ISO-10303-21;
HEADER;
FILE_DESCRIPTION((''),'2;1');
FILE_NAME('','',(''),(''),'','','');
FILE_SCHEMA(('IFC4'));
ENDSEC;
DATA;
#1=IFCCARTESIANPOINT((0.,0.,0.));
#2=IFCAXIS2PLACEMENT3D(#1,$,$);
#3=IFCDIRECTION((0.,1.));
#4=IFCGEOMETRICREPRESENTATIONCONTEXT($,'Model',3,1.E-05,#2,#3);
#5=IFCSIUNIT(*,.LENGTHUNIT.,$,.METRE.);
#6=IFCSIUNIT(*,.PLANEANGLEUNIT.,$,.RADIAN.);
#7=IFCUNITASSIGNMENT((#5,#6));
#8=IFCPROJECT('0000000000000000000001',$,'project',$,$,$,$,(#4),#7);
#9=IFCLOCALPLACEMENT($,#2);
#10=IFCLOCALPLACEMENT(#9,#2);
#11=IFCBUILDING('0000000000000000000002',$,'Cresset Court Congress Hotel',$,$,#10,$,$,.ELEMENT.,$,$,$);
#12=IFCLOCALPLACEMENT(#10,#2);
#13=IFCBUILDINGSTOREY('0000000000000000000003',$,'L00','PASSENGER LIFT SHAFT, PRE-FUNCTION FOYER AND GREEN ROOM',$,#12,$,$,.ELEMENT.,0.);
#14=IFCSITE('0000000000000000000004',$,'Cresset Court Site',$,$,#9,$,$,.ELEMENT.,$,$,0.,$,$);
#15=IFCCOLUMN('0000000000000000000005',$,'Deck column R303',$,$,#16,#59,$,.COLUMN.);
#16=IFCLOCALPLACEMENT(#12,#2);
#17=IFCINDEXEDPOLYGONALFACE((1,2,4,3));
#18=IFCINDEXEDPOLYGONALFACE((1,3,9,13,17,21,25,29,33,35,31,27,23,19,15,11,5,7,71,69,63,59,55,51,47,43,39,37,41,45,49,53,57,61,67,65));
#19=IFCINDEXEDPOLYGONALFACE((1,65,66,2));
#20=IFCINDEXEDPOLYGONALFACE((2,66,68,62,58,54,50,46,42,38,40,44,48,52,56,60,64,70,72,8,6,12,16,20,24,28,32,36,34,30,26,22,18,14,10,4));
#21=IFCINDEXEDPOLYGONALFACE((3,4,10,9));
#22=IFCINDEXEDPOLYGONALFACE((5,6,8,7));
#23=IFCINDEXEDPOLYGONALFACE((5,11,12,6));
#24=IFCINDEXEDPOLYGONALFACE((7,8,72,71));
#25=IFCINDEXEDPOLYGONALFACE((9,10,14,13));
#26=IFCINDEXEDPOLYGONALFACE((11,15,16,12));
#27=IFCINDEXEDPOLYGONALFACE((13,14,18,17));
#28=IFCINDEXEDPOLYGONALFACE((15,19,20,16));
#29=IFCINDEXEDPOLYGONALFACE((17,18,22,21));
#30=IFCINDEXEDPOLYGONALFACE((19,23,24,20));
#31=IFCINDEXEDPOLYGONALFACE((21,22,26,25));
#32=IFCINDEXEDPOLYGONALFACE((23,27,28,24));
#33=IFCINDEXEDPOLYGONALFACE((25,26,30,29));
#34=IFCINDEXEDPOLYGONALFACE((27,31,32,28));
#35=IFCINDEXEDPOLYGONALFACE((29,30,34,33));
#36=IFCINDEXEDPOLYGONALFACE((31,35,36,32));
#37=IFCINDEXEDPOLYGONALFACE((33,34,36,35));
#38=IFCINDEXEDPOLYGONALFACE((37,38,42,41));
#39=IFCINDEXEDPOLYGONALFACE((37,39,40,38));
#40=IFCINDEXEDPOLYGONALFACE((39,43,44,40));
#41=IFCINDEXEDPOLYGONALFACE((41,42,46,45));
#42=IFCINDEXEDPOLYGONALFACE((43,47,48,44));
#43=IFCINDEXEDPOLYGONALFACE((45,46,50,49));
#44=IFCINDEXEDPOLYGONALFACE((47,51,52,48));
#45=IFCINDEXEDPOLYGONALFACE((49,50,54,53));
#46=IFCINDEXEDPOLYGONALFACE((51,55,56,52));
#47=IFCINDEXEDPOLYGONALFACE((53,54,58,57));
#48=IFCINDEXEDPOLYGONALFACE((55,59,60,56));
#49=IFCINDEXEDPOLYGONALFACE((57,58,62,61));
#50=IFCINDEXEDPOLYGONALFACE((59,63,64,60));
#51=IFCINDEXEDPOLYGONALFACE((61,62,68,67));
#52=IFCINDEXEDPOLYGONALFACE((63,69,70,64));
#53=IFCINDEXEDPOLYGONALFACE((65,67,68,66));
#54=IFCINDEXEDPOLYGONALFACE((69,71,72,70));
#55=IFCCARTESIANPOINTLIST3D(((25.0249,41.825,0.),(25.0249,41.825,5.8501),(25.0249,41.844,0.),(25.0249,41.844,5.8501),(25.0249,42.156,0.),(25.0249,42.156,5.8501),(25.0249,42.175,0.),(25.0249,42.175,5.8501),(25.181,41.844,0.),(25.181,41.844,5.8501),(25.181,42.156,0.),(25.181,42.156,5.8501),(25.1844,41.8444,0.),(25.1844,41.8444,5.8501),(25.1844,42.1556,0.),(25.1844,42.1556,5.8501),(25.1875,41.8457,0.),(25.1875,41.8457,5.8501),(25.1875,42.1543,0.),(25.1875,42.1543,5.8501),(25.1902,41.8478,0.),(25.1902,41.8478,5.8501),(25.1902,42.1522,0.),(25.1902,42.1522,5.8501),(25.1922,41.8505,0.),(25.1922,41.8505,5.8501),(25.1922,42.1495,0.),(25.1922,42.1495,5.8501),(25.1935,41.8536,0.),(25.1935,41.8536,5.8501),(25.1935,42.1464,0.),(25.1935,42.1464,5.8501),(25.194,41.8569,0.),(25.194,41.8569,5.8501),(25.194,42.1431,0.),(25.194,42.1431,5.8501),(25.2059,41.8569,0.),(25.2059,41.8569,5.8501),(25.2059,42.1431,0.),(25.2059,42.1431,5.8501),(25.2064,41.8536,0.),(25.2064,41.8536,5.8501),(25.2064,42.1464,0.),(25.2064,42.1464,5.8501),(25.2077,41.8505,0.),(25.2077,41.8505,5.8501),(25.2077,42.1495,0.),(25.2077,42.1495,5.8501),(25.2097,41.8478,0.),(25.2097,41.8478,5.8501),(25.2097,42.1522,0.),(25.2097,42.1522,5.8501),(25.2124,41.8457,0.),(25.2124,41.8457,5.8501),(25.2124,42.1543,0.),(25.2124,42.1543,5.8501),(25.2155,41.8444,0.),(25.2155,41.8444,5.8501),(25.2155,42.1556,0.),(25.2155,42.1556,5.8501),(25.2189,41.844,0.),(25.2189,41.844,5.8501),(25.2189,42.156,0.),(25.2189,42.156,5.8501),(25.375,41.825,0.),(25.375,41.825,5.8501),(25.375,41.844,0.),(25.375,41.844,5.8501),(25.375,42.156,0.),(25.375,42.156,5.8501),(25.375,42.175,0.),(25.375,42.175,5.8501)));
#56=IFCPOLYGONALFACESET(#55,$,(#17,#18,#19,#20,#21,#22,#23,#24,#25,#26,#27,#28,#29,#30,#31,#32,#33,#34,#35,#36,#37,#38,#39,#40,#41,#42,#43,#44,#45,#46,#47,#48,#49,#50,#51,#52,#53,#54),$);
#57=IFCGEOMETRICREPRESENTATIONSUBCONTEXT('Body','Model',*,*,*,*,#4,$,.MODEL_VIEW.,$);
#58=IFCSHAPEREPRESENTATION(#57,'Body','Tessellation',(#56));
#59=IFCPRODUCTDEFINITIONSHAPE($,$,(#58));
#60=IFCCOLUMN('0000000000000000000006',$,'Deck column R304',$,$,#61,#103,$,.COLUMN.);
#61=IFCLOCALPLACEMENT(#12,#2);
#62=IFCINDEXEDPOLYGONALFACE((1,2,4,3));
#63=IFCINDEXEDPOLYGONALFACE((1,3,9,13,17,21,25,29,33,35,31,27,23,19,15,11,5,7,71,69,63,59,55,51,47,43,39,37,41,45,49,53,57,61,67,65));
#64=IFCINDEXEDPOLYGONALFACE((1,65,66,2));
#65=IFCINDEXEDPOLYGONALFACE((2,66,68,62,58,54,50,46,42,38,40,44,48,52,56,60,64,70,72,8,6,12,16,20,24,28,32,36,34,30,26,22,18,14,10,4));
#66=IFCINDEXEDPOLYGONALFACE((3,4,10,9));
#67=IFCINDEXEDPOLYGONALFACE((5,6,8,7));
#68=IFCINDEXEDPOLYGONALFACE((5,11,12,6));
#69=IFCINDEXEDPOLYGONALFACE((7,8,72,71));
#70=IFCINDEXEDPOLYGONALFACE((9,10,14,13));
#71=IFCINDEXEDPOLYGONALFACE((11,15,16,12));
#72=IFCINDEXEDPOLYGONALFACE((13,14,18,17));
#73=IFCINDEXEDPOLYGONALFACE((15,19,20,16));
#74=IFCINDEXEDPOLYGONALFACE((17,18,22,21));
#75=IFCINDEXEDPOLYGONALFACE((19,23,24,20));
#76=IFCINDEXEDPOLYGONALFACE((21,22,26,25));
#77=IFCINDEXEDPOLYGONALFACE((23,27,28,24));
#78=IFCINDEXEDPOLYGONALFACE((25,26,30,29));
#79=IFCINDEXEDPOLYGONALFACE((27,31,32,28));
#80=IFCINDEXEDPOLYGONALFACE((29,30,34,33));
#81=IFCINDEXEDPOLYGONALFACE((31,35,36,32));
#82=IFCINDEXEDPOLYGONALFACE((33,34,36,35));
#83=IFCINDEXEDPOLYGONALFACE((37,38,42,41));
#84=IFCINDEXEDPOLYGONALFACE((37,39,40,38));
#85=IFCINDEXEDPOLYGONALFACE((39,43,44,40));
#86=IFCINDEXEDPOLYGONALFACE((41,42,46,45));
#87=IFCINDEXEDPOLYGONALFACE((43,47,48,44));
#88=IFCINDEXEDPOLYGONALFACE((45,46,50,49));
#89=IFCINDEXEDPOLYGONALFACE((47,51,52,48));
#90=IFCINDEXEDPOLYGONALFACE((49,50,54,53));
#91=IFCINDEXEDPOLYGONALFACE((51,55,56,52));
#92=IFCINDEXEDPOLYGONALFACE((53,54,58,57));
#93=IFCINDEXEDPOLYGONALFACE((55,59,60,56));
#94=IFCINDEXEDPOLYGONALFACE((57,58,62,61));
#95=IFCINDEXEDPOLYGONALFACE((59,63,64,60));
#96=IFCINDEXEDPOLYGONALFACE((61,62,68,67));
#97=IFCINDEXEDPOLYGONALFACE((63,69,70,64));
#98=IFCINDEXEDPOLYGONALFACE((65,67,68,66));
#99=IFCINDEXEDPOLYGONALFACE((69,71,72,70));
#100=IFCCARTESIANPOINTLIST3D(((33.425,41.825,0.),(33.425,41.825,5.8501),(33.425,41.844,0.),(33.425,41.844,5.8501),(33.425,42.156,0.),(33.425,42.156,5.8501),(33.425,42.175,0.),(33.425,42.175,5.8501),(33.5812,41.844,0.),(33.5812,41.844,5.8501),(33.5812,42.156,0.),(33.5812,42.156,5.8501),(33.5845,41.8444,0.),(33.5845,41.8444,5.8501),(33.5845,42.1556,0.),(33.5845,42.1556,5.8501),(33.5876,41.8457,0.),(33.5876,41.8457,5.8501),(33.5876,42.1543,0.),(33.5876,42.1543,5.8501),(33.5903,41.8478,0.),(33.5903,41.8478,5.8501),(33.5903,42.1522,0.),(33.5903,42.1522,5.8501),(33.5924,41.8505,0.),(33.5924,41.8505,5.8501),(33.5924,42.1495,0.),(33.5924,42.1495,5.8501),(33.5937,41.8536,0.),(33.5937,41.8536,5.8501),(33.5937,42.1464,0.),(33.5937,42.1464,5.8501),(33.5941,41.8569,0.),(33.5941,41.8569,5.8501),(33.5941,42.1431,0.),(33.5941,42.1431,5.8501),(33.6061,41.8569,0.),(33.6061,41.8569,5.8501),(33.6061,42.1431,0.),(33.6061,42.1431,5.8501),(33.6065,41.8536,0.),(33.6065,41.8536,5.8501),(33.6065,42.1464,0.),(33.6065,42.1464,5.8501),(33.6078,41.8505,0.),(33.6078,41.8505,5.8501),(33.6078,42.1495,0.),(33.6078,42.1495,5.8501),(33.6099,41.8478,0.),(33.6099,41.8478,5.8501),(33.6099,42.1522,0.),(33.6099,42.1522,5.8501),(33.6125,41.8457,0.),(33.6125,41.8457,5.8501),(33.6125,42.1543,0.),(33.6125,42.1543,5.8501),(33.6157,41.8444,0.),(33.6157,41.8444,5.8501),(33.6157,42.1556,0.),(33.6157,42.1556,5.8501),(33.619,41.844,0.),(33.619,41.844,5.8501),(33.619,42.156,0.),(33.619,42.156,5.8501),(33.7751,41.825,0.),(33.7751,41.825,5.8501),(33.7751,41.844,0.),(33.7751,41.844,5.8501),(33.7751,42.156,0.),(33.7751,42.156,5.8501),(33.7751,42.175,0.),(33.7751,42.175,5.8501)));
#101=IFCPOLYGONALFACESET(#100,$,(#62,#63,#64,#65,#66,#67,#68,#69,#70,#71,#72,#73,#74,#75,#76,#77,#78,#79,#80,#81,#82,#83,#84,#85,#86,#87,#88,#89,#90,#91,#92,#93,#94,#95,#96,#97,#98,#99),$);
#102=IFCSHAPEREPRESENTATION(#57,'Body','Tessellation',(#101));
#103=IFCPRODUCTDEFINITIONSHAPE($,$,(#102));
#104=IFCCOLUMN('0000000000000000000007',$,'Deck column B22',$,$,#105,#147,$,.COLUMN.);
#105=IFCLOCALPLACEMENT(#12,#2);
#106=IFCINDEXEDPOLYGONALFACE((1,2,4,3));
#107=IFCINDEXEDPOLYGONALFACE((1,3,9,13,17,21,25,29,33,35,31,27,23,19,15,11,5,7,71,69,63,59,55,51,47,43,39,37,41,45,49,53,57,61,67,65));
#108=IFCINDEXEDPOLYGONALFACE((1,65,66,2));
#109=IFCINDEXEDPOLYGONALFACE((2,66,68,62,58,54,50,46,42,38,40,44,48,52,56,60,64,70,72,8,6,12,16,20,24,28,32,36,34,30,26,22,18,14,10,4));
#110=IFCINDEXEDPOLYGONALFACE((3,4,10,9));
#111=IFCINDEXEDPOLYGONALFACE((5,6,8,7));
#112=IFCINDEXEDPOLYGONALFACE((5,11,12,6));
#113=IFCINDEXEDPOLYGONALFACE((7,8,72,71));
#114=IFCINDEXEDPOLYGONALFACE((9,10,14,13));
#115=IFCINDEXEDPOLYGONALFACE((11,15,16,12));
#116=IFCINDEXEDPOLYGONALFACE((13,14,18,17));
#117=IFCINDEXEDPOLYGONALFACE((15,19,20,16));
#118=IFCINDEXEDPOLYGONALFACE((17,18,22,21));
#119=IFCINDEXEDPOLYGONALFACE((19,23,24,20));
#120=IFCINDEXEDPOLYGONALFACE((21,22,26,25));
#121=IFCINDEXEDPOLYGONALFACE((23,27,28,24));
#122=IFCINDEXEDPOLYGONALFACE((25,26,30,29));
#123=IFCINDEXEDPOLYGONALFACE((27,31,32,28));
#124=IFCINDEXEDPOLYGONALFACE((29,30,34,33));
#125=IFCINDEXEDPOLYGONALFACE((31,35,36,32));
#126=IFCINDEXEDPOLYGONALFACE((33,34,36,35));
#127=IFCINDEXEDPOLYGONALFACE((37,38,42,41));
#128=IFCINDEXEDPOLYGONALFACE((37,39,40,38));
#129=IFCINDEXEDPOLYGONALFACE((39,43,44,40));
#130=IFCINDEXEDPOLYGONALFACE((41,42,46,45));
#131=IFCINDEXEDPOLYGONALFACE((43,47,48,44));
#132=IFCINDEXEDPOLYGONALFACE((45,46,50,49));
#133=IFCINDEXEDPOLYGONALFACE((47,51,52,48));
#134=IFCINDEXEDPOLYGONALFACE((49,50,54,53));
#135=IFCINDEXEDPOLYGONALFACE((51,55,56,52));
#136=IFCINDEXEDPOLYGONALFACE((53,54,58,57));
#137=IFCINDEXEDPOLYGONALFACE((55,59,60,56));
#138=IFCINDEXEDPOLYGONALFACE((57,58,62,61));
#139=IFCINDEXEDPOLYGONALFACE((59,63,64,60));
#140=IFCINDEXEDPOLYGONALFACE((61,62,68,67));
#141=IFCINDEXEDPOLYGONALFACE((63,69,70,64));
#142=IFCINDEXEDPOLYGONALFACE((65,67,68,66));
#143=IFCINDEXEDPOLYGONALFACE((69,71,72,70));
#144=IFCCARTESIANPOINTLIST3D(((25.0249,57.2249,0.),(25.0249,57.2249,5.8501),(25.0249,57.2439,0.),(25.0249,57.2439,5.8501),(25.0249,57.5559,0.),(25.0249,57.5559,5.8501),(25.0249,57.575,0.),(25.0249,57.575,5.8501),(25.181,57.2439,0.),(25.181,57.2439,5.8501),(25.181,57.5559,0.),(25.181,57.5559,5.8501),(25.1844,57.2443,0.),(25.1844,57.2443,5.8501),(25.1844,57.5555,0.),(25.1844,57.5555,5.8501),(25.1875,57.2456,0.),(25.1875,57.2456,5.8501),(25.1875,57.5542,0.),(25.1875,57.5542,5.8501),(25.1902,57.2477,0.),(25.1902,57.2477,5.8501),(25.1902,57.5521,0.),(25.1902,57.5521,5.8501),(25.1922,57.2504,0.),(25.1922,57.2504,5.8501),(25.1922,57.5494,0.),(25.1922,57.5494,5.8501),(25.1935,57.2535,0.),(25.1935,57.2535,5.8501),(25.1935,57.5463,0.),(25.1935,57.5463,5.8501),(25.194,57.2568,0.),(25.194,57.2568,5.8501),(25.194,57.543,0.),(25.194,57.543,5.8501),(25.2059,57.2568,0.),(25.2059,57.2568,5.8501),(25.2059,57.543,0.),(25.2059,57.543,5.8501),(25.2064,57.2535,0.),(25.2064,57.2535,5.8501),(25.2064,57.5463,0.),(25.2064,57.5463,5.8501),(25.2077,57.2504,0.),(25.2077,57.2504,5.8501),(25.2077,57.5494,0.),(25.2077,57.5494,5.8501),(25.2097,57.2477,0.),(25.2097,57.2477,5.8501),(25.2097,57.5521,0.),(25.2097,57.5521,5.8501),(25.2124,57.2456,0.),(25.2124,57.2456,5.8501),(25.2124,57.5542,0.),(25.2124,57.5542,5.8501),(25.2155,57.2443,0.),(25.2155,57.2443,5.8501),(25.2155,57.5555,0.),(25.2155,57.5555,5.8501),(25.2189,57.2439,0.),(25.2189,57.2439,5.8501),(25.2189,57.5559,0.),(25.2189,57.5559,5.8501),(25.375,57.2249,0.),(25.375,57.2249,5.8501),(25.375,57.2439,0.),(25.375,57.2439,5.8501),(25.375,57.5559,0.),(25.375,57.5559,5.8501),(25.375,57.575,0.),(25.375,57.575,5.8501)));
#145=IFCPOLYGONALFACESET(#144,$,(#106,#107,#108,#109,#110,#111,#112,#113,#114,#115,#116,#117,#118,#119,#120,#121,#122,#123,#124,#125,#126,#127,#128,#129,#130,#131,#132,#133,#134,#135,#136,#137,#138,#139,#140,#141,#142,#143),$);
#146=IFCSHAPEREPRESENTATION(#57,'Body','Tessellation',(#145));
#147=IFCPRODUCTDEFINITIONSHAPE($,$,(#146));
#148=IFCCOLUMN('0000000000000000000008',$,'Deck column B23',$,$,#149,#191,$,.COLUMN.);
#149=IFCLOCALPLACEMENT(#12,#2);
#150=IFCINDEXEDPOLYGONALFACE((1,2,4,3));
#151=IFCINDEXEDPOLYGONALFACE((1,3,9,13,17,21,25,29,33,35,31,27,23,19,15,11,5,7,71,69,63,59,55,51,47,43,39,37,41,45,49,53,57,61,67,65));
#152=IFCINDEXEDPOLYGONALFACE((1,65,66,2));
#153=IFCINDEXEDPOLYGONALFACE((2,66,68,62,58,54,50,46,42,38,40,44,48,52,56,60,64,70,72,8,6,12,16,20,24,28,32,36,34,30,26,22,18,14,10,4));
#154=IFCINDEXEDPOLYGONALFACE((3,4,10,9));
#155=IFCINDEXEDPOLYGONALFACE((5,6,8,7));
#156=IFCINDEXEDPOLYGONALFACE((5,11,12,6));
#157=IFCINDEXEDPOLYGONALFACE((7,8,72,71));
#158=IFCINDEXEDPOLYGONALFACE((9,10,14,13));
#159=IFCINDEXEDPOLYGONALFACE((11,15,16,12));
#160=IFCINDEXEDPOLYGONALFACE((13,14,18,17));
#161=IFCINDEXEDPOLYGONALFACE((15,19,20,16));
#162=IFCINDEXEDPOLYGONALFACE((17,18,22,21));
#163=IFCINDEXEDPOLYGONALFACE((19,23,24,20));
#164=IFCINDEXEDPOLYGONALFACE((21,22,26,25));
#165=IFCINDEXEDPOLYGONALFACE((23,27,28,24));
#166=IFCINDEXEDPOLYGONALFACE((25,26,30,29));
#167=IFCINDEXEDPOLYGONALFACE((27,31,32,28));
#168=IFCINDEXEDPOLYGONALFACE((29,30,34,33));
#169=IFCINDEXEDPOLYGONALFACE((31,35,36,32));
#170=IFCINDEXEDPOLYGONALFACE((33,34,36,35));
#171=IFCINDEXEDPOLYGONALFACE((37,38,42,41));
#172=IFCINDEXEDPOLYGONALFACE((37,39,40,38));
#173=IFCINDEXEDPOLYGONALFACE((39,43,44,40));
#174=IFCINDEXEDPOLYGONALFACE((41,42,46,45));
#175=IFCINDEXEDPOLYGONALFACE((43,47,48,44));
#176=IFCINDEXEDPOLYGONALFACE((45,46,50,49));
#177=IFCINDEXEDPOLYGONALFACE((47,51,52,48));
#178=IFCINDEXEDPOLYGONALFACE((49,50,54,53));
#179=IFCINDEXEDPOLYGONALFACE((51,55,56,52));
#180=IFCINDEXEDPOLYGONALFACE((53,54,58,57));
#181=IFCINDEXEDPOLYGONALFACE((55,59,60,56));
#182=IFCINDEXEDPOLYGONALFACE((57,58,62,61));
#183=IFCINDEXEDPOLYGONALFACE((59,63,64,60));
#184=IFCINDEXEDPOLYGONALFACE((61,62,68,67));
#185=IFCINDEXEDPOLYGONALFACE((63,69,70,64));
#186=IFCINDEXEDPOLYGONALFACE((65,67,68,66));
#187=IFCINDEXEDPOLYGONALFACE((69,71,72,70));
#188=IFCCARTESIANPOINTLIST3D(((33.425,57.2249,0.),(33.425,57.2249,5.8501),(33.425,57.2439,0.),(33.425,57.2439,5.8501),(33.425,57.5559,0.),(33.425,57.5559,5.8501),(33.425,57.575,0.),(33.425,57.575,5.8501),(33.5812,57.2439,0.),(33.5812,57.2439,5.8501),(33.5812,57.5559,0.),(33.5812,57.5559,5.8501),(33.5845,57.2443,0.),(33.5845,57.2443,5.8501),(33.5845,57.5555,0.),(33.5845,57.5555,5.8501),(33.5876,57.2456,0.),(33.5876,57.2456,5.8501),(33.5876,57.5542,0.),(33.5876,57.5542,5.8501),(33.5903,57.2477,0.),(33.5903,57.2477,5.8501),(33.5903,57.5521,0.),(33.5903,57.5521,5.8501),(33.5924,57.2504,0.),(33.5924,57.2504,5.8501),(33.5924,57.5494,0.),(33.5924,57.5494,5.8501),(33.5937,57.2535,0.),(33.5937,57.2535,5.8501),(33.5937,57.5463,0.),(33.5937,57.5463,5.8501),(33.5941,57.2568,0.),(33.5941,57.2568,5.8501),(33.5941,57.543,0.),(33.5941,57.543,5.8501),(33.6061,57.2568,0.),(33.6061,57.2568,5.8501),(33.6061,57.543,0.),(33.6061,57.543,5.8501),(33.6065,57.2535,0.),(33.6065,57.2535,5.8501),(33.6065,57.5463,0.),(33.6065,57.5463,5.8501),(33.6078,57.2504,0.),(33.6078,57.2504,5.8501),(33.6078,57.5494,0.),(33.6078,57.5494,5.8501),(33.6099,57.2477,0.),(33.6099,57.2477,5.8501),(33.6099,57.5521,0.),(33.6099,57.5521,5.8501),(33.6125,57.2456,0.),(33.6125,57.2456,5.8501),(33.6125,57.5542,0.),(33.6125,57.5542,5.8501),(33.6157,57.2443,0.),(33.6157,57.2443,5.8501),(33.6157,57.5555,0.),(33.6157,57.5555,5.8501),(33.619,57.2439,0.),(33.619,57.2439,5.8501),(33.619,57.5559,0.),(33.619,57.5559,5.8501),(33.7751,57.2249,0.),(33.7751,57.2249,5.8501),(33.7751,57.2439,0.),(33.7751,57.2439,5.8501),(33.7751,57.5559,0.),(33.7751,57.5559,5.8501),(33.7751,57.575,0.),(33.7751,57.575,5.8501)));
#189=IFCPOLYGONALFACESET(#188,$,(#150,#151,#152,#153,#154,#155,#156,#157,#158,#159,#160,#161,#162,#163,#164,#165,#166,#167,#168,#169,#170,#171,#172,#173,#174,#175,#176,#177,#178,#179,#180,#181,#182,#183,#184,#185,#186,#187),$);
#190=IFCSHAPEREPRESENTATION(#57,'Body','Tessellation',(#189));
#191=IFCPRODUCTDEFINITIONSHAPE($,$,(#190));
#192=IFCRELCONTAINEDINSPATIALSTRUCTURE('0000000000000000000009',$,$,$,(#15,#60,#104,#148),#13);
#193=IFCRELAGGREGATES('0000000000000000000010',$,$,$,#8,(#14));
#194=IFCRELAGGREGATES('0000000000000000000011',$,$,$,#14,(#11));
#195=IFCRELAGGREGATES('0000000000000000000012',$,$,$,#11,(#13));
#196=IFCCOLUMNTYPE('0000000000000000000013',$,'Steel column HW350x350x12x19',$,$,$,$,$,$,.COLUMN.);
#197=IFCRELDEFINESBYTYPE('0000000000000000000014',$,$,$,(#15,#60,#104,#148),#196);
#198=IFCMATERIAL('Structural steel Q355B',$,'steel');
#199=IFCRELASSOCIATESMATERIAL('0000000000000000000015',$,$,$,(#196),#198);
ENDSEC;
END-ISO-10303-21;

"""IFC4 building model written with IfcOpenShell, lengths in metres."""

from ifc_helpers import new_model, si_unit, direction, frame, origin, origin_2d, place, context, subcontext, project, spatial, i_section, extrude, material, material_profile, profile_set, type_object, element, save


model = new_model("IFC4")

# Units and contexts
model_context = context("Model", 3, precision=1e-05, world=origin(), true_north=direction((0.0, 1.0)))
body_context = subcontext(model_context, "Body", "Model", "MODEL_VIEW")
ifc_project = project(units=[si_unit("LENGTHUNIT", "METRE"), si_unit("PLANEANGLEUNIT", "RADIAN")], contexts=[model_context])

# Site, building, storey
site_placement = place(None, origin())
site = spatial("IfcSite", under=ifc_project, at=site_placement, Name="Cresset Court Site", CompositionType="ELEMENT", RefElevation=0.0)
building_placement = place(site_placement, origin())
building = spatial("IfcBuilding", under=site, at=building_placement, Name="Cresset Court Congress Hotel", CompositionType="ELEMENT")
storey_placement = place(building_placement, origin())
storey = spatial("IfcBuildingStorey", under=building, at=storey_placement, Name="L00", Description="PASSENGER LIFT SHAFT, PRE-FUNCTION FOYER AND GREEN ROOM", CompositionType="ELEMENT", Elevation=0.0)

# Columns
ifc_material_1 = material(Name="Structural steel Q355B", Category="steel")
ifc_material_profile_1 = material_profile(ifc_material_1, i_section(OverallWidth=0.3501, OverallDepth=0.3501, WebThickness=0.012, FlangeThickness=0.019, FilletRadius=0.0129, at=origin_2d()), Name="HW350x350x12x19")
ifc_profile_set_1 = profile_set([ifc_material_profile_1], Name="Structural steel Q355B")
column_type_1 = type_object("IfcColumnType", Name="Steel column HW350x350x12x19", PredefinedType="COLUMN", material=ifc_profile_set_1)
for number, where, z_axis, x_axis, name in (
    (1, (25.2, 42.0, 0.0), (0.0, 0.0, 1.0), (1.0, 0.0, 0.0), "Deck column R303"),
    (2, (33.6001, 42.0, 0.0), (0.0, 0.0, 1.0), (1.0, 0.0, 0.0), "Deck column R304"),
    (3, (25.2, 57.3999, 0.0), (0.0, 0.0, 1.0), (1.0, 0.0, 0.0), "Deck column B22"),
    (4, (33.6001, 57.3999, 0.0), (0.0, 0.0, 1.0), (1.0, 0.0, 0.0), "Deck column B23"),
):
    element("IfcColumn", number, at=place(storey_placement, frame(where, z_axis=z_axis, x_axis=x_axis)), inside=storey, type_object=column_type_1, Name=name, PredefinedType="COLUMN", context=body_context, shape_type="SweptSolid", body=[
        extrude(i_section(OverallWidth=0.3501, OverallDepth=0.3501, WebThickness=0.012, FlangeThickness=0.019, FilletRadius=0.0129, at=origin_2d()), origin(), (0.0, 0.0, 1.0), 5.8501),
    ])

save(model, "model.ifc")
